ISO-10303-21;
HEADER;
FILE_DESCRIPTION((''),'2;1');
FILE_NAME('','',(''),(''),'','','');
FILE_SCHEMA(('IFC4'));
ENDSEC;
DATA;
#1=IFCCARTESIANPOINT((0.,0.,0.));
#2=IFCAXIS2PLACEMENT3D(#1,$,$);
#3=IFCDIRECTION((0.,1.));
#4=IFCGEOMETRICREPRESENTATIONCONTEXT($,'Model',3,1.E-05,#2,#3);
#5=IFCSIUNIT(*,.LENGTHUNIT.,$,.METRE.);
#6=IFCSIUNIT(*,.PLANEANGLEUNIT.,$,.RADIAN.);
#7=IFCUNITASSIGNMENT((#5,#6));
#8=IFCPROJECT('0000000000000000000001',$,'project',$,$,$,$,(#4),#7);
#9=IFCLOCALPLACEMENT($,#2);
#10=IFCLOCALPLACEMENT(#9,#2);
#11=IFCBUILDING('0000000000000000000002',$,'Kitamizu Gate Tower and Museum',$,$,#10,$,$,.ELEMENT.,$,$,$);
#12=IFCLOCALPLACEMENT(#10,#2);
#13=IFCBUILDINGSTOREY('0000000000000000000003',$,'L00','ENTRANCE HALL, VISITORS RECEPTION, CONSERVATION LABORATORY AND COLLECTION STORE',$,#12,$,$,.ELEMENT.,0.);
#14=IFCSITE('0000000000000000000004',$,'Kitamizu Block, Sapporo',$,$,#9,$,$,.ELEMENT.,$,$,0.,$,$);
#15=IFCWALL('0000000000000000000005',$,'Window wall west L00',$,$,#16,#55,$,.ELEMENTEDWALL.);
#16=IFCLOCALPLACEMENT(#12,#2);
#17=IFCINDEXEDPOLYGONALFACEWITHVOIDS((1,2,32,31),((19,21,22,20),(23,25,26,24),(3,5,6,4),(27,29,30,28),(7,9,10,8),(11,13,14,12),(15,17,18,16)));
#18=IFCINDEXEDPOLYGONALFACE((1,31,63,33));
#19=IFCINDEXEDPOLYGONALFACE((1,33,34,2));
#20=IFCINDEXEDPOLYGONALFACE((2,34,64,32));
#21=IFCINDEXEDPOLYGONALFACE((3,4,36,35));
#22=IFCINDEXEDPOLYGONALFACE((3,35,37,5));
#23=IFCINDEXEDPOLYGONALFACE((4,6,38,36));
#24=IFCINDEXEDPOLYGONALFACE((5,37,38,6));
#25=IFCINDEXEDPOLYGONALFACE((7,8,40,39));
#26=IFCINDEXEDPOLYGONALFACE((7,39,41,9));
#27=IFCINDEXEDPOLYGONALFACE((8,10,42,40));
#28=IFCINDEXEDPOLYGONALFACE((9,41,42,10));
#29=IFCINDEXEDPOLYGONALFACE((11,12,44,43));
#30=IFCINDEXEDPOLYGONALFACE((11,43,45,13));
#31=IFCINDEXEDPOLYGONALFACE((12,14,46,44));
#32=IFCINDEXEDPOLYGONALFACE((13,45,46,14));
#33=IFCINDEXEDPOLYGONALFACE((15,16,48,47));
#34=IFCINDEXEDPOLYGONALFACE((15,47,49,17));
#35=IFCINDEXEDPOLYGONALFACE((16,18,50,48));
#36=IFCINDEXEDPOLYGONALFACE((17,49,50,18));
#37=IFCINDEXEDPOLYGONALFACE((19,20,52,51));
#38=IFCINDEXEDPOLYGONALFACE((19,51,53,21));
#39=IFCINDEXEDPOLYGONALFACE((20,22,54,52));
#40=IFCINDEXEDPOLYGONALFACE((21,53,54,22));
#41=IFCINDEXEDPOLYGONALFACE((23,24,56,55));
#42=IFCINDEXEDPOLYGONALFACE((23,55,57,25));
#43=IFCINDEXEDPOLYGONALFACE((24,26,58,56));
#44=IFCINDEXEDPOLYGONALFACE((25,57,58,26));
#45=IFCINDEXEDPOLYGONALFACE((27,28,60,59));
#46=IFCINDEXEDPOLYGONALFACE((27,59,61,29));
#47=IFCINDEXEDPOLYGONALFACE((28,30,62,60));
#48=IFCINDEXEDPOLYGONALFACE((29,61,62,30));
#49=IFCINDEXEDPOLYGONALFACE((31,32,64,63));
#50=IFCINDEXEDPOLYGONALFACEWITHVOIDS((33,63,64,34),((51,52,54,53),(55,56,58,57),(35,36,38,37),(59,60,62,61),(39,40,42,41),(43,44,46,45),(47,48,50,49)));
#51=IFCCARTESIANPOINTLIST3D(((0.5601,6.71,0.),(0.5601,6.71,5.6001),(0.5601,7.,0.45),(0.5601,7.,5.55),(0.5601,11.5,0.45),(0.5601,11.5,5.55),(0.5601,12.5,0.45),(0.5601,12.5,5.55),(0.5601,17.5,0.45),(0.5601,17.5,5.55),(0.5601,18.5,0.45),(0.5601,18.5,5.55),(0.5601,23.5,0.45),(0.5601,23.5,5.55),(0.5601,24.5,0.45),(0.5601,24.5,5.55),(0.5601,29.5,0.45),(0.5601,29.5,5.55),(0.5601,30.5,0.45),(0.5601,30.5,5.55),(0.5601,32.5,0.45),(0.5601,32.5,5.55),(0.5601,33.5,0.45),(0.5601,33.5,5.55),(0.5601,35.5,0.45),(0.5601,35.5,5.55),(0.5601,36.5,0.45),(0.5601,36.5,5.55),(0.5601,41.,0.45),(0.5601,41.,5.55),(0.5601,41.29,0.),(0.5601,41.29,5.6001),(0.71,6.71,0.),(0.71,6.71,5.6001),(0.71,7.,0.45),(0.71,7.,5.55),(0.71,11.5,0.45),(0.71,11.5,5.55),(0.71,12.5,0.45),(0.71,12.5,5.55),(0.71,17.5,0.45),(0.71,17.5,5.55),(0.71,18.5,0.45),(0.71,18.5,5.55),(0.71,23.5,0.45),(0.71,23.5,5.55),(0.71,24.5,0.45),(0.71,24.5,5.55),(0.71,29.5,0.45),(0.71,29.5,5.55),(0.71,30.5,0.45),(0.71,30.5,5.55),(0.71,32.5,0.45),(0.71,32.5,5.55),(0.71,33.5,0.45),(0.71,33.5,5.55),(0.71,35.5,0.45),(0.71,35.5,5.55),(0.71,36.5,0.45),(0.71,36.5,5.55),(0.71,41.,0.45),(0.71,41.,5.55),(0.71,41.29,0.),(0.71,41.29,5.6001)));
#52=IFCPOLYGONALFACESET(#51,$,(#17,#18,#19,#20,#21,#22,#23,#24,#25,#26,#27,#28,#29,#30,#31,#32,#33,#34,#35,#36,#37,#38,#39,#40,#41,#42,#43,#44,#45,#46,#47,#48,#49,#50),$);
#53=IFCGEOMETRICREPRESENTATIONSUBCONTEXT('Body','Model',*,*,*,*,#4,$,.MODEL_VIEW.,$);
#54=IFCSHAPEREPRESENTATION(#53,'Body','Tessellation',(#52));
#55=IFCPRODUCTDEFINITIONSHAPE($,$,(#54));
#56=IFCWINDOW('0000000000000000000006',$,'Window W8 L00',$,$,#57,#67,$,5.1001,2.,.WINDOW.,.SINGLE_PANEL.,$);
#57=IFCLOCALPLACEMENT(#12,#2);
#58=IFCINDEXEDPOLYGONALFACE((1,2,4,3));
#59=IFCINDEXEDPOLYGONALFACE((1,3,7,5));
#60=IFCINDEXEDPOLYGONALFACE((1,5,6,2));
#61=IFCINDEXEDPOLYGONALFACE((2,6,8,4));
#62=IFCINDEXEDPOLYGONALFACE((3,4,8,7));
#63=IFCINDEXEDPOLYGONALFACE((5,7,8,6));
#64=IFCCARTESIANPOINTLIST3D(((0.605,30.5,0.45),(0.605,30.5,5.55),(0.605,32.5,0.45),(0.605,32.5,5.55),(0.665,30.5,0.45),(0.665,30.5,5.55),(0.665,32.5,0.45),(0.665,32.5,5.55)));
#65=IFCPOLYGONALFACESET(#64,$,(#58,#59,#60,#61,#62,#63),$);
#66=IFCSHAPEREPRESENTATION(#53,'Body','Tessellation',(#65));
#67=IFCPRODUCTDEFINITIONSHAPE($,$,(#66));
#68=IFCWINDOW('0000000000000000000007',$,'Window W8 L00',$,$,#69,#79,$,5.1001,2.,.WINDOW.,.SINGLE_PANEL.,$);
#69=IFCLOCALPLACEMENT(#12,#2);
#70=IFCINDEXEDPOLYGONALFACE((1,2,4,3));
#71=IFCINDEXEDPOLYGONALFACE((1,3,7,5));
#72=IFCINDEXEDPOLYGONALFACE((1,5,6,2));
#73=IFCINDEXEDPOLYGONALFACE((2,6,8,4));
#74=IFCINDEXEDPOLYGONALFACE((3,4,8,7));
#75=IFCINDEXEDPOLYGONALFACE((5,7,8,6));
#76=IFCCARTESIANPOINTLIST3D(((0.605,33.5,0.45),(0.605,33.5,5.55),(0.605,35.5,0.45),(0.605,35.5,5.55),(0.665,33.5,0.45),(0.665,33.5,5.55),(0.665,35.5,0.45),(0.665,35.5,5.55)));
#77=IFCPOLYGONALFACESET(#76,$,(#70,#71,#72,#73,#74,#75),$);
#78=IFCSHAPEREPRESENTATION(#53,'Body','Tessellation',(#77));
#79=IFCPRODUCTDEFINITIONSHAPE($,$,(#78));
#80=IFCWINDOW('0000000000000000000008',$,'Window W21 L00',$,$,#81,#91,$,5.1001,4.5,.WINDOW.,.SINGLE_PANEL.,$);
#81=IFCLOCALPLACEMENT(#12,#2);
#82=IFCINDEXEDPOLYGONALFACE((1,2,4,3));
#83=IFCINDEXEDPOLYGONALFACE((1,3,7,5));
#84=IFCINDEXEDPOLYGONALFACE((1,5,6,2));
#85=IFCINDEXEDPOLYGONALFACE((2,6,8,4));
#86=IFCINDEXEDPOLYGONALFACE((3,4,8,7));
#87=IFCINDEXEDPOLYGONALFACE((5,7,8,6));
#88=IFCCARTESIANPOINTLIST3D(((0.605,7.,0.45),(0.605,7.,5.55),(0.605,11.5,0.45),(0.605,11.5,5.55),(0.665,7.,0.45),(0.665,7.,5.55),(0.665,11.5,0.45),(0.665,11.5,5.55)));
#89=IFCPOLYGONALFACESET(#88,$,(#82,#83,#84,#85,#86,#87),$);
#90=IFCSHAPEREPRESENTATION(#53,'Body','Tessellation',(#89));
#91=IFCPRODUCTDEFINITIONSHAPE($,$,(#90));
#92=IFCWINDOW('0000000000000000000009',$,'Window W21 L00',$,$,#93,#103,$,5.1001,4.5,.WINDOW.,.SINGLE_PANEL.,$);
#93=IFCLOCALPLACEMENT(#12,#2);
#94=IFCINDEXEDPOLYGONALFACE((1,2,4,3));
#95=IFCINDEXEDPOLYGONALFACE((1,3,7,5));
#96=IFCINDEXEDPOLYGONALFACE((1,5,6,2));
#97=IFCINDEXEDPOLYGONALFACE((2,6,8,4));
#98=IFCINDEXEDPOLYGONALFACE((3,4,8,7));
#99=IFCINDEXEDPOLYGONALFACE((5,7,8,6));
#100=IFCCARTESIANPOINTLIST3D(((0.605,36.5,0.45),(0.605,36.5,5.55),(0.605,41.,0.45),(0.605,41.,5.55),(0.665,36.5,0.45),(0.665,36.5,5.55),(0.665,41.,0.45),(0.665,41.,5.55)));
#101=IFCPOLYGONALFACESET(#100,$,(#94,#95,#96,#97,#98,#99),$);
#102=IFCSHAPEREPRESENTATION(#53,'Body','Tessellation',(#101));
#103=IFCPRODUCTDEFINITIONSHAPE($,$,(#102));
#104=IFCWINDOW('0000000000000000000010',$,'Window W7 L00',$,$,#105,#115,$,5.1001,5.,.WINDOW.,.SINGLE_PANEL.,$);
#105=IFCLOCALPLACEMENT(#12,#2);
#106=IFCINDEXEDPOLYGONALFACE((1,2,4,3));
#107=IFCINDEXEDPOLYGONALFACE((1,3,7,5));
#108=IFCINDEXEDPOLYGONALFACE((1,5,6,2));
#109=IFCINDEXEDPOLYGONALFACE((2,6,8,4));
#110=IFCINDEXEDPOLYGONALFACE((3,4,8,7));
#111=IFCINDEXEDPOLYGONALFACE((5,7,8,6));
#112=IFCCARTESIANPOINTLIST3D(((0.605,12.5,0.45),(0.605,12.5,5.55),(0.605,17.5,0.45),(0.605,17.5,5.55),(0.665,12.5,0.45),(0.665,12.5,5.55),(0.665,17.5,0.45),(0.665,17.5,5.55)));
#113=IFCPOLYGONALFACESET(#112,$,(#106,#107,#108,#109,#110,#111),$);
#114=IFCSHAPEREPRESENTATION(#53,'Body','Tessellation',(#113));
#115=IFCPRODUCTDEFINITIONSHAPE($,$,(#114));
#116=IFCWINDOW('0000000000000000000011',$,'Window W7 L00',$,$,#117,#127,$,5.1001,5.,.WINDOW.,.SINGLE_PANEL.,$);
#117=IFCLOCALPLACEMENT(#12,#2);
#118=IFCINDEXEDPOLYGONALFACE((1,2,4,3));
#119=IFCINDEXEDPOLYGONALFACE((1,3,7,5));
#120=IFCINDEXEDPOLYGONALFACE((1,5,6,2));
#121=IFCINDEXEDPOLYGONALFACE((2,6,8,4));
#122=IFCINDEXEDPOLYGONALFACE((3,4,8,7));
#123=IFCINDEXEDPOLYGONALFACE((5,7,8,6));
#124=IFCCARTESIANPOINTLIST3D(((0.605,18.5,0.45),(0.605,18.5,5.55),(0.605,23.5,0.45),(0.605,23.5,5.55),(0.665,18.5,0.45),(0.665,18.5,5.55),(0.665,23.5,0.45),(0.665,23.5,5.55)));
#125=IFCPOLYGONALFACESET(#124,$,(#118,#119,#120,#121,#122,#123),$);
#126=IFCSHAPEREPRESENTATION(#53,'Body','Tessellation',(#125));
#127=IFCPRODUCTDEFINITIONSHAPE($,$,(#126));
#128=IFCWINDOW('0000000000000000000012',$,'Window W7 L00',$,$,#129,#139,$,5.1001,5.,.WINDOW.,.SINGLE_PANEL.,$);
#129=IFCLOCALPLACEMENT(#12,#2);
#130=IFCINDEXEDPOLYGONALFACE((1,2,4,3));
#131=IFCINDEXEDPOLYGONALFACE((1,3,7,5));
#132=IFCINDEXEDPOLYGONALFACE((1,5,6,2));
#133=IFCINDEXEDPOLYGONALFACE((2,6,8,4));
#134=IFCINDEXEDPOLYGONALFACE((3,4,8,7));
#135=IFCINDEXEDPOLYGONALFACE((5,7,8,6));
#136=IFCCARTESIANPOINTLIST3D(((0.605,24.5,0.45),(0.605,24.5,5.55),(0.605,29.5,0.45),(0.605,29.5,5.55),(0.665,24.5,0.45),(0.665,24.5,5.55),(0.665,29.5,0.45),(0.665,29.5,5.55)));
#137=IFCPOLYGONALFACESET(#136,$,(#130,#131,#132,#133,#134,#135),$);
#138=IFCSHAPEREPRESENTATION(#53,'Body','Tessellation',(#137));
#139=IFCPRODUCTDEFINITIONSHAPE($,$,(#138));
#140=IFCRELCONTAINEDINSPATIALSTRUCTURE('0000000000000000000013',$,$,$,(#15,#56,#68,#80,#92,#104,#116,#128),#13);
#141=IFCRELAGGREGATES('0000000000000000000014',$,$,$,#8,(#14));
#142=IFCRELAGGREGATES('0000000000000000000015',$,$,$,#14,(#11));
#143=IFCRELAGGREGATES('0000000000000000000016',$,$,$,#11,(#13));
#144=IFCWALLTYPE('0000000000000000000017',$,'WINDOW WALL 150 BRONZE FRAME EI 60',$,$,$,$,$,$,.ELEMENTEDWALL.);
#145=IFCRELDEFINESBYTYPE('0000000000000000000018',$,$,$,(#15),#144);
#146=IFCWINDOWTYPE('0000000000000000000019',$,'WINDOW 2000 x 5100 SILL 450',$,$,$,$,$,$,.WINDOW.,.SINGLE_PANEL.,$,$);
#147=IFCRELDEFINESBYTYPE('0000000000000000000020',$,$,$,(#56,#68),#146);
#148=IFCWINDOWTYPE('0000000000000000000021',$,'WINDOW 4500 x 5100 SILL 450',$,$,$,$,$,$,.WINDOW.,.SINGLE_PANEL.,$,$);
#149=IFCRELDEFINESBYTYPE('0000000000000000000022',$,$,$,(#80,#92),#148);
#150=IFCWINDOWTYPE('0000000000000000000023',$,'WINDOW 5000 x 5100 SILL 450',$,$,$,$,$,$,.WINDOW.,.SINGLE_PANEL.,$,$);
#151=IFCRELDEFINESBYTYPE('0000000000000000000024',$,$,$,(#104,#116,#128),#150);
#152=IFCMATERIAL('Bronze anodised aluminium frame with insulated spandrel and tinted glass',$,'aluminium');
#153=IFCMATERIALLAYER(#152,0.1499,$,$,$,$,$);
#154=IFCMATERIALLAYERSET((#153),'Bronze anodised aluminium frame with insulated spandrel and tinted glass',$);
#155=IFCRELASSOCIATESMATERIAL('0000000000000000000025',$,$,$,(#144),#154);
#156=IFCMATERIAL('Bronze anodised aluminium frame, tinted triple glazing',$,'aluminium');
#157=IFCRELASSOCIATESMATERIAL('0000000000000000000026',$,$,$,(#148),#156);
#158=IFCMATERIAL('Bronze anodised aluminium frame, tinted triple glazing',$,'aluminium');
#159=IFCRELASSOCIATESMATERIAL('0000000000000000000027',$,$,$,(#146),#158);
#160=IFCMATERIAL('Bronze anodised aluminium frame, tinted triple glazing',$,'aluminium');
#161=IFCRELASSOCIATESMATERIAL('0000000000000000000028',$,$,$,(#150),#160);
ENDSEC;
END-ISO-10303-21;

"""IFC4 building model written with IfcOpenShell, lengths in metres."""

from ifc_helpers import new_model, si_unit, direction, frame, frame_2d, origin, place, context, subcontext, project, spatial, rectangle, extrude, material, layer, layer_set, type_object, element, fill, save


model = new_model("IFC4")

# Units and contexts
model_context = context("Model", 3, precision=1e-05, world=origin(), true_north=direction((0.0, 1.0)))
body_context = subcontext(model_context, "Body", "Model", "MODEL_VIEW")
ifc_project = project(units=[si_unit("LENGTHUNIT", "METRE"), si_unit("PLANEANGLEUNIT", "RADIAN")], contexts=[model_context])

# Site, building, storey
site_placement = place(None, origin())
site = spatial("IfcSite", under=ifc_project, at=site_placement, Name="Kitamizu Block, Sapporo", CompositionType="ELEMENT", RefElevation=0.0)
building_placement = place(site_placement, origin())
building = spatial("IfcBuilding", under=site, at=building_placement, Name="Kitamizu Gate Tower and Museum", CompositionType="ELEMENT")
storey_placement = place(building_placement, origin())
storey = spatial("IfcBuildingStorey", under=building, at=storey_placement, Name="L00", Description="ENTRANCE HALL, VISITORS RECEPTION, CONSERVATION LABORATORY AND COLLECTION STORE", CompositionType="ELEMENT", Elevation=0.0)

# Shared definitions
ifc_material_1 = material(Name="Bronze anodised aluminium frame with insulated spandrel and tinted glass", Category="aluminium")
ifc_layer_1 = layer(ifc_material_1, 0.1499)
ifc_layer_set_1 = layer_set([ifc_layer_1], Name="Bronze anodised aluminium frame with insulated spandrel and tinted glass")
wall_type_1 = type_object("IfcWallType", Name="WINDOW WALL 150 BRONZE FRAME EI 60", PredefinedType="ELEMENTEDWALL", material=ifc_layer_set_1)

# Shared definitions
ifc_material_2 = material(Name="Bronze anodised aluminium frame, tinted triple glazing", Category="aluminium")
window_type_1 = type_object("IfcWindowType", Name="WINDOW 4500 x 5100 SILL 450", PartitioningType="SINGLE_PANEL", PredefinedType="WINDOW", material=ifc_material_2)

# Wall, openings, windows
wall_1_placement = place(storey_placement, frame((0.635, 6.71, 0.0), z_axis=(0.0, 0.0, 1.0), x_axis=(0.0, 1.0, 0.0)))
wall_1 = element("IfcWall", 1, at=wall_1_placement, inside=storey, type_object=wall_type_1, Name="Window wall west L00", PredefinedType="ELEMENTEDWALL", context=body_context, shape_type="SweptSolid", body=[
    extrude(rectangle(XDim=34.5801, YDim=0.1499, at=frame_2d((17.29, 0.0))), origin(), (0.0, 0.0, 1.0), 5.6001),
])
opening_1_placement = place(wall_1_placement, frame((0.29, 0.0, 0.45)))
opening_1 = element("IfcOpeningElement", 2, at=opening_1_placement, cuts=wall_1, PredefinedType="OPENING", context=body_context, shape_type="SweptSolid", body=[
    extrude(rectangle(XDim=4.5, YDim=5.1001, at=frame_2d((2.25, 2.55))), frame((0.0, 0.085, 0.0), z_axis=(0.0, -1.0, 0.0), x_axis=(1.0, 0.0, 0.0)), (0.0, 0.0, 1.0), 0.1699),
])
opening_2_placement = place(wall_1_placement, frame((5.79, 0.0, 0.45)))
opening_2 = element("IfcOpeningElement", 3, at=opening_2_placement, cuts=wall_1, PredefinedType="OPENING", context=body_context, shape_type="SweptSolid", body=[
    extrude(rectangle(XDim=5.0, YDim=5.1001, at=frame_2d((2.5, 2.55))), frame((0.0, 0.085, 0.0), z_axis=(0.0, -1.0, 0.0), x_axis=(1.0, 0.0, 0.0)), (0.0, 0.0, 1.0), 0.1699),
])
opening_3_placement = place(wall_1_placement, frame((11.79, 0.0, 0.45)))
opening_3 = element("IfcOpeningElement", 4, at=opening_3_placement, cuts=wall_1, PredefinedType="OPENING", context=body_context, shape_type="SweptSolid", body=[
    extrude(rectangle(XDim=5.0, YDim=5.1001, at=frame_2d((2.5, 2.55))), frame((0.0, 0.085, 0.0), z_axis=(0.0, -1.0, 0.0), x_axis=(1.0, 0.0, 0.0)), (0.0, 0.0, 1.0), 0.1699),
])
opening_4_placement = place(wall_1_placement, frame((17.79, 0.0, 0.45)))
opening_4 = element("IfcOpeningElement", 5, at=opening_4_placement, cuts=wall_1, PredefinedType="OPENING", context=body_context, shape_type="SweptSolid", body=[
    extrude(rectangle(XDim=5.0, YDim=5.1001, at=frame_2d((2.5, 2.55))), frame((0.0, 0.085, 0.0), z_axis=(0.0, -1.0, 0.0), x_axis=(1.0, 0.0, 0.0)), (0.0, 0.0, 1.0), 0.1699),
])
opening_5_placement = place(wall_1_placement, frame((23.79, 0.0, 0.45)))
opening_5 = element("IfcOpeningElement", 6, at=opening_5_placement, cuts=wall_1, PredefinedType="OPENING", context=body_context, shape_type="SweptSolid", body=[
    extrude(rectangle(XDim=2.0, YDim=5.1001, at=frame_2d((1.0, 2.55))), frame((0.0, 0.085, 0.0), z_axis=(0.0, -1.0, 0.0), x_axis=(1.0, 0.0, 0.0)), (0.0, 0.0, 1.0), 0.1699),
])
opening_6_placement = place(wall_1_placement, frame((26.79, 0.0, 0.45)))
opening_6 = element("IfcOpeningElement", 7, at=opening_6_placement, cuts=wall_1, PredefinedType="OPENING", context=body_context, shape_type="SweptSolid", body=[
    extrude(rectangle(XDim=2.0, YDim=5.1001, at=frame_2d((1.0, 2.55))), frame((0.0, 0.085, 0.0), z_axis=(0.0, -1.0, 0.0), x_axis=(1.0, 0.0, 0.0)), (0.0, 0.0, 1.0), 0.1699),
])
opening_7_placement = place(wall_1_placement, frame((29.79, 0.0, 0.45)))
opening_7 = element("IfcOpeningElement", 8, at=opening_7_placement, cuts=wall_1, PredefinedType="OPENING", context=body_context, shape_type="SweptSolid", body=[
    extrude(rectangle(XDim=4.5, YDim=5.1001, at=frame_2d((2.25, 2.55))), frame((0.0, 0.085, 0.0), z_axis=(0.0, -1.0, 0.0), x_axis=(1.0, 0.0, 0.0)), (0.0, 0.0, 1.0), 0.1699),
])
ifc_material_3 = material(Name="Bronze anodised aluminium frame, tinted triple glazing", Category="aluminium")
window_type_2 = type_object("IfcWindowType", Name="WINDOW 2000 x 5100 SILL 450", PartitioningType="SINGLE_PANEL", PredefinedType="WINDOW", material=ifc_material_3)
window_1_placement = place(opening_5_placement, origin())
window_1 = element("IfcWindow", 9, at=window_1_placement, inside=storey, type_object=window_type_2, Name="Window W8 L00", OverallHeight=5.1001, OverallWidth=2.0, PartitioningType="SINGLE_PANEL", PredefinedType="WINDOW", context=body_context, shape_type="SweptSolid", body=[
    extrude(rectangle(XDim=2.0, YDim=5.1001, at=frame_2d((1.0, 2.55))), frame((0.0, 0.03, 0.0), z_axis=(0.0, -1.0, 0.0), x_axis=(1.0, 0.0, 0.0)), (0.0, 0.0, 1.0), 0.0601),
])
fill(opening_5, window_1)
window_2_placement = place(opening_6_placement, origin())
window_2 = element("IfcWindow", 10, at=window_2_placement, inside=storey, type_object=window_type_2, Name="Window W8 L00", OverallHeight=5.1001, OverallWidth=2.0, PartitioningType="SINGLE_PANEL", PredefinedType="WINDOW", context=body_context, shape_type="SweptSolid", body=[
    extrude(rectangle(XDim=2.0, YDim=5.1001, at=frame_2d((1.0, 2.55))), frame((0.0, 0.03, 0.0), z_axis=(0.0, -1.0, 0.0), x_axis=(1.0, 0.0, 0.0)), (0.0, 0.0, 1.0), 0.0601),
])
fill(opening_6, window_2)
window_3_placement = place(opening_1_placement, origin())
window_3 = element("IfcWindow", 11, at=window_3_placement, inside=storey, type_object=window_type_1, Name="Window W21 L00", OverallHeight=5.1001, OverallWidth=4.5, PartitioningType="SINGLE_PANEL", PredefinedType="WINDOW", context=body_context, shape_type="SweptSolid", body=[
    extrude(rectangle(XDim=4.5, YDim=5.1001, at=frame_2d((2.25, 2.55))), frame((0.0, 0.03, 0.0), z_axis=(0.0, -1.0, 0.0), x_axis=(1.0, 0.0, 0.0)), (0.0, 0.0, 1.0), 0.0601),
])
fill(opening_1, window_3)
window_4_placement = place(opening_7_placement, origin())
window_4 = element("IfcWindow", 12, at=window_4_placement, inside=storey, type_object=window_type_1, Name="Window W21 L00", OverallHeight=5.1001, OverallWidth=4.5, PartitioningType="SINGLE_PANEL", PredefinedType="WINDOW", context=body_context, shape_type="SweptSolid", body=[
    extrude(rectangle(XDim=4.5, YDim=5.1001, at=frame_2d((2.25, 2.55))), frame((0.0, 0.03, 0.0), z_axis=(0.0, -1.0, 0.0), x_axis=(1.0, 0.0, 0.0)), (0.0, 0.0, 1.0), 0.0601),
])
fill(opening_7, window_4)
ifc_material_4 = material(Name="Bronze anodised aluminium frame, tinted triple glazing", Category="aluminium")
window_type_3 = type_object("IfcWindowType", Name="WINDOW 5000 x 5100 SILL 450", PartitioningType="SINGLE_PANEL", PredefinedType="WINDOW", material=ifc_material_4)
window_5_placement = place(opening_2_placement, origin())
window_5 = element("IfcWindow", 13, at=window_5_placement, inside=storey, type_object=window_type_3, Name="Window W7 L00", OverallHeight=5.1001, OverallWidth=5.0, PartitioningType="SINGLE_PANEL", PredefinedType="WINDOW", context=body_context, shape_type="SweptSolid", body=[
    extrude(rectangle(XDim=5.0, YDim=5.1001, at=frame_2d((2.5, 2.55))), frame((0.0, 0.03, 0.0), z_axis=(0.0, -1.0, 0.0), x_axis=(1.0, 0.0, 0.0)), (0.0, 0.0, 1.0), 0.0601),
])
fill(opening_2, window_5)
window_6_placement = place(opening_3_placement, origin())
window_6 = element("IfcWindow", 14, at=window_6_placement, inside=storey, type_object=window_type_3, Name="Window W7 L00", OverallHeight=5.1001, OverallWidth=5.0, PartitioningType="SINGLE_PANEL", PredefinedType="WINDOW", context=body_context, shape_type="SweptSolid", body=[
    extrude(rectangle(XDim=5.0, YDim=5.1001, at=frame_2d((2.5, 2.55))), frame((0.0, 0.03, 0.0), z_axis=(0.0, -1.0, 0.0), x_axis=(1.0, 0.0, 0.0)), (0.0, 0.0, 1.0), 0.0601),
])
fill(opening_3, window_6)
window_7_placement = place(opening_4_placement, origin())
window_7 = element("IfcWindow", 15, at=window_7_placement, inside=storey, type_object=window_type_3, Name="Window W7 L00", OverallHeight=5.1001, OverallWidth=5.0, PartitioningType="SINGLE_PANEL", PredefinedType="WINDOW", context=body_context, shape_type="SweptSolid", body=[
    extrude(rectangle(XDim=5.0, YDim=5.1001, at=frame_2d((2.5, 2.55))), frame((0.0, 0.03, 0.0), z_axis=(0.0, -1.0, 0.0), x_axis=(1.0, 0.0, 0.0)), (0.0, 0.0, 1.0), 0.0601),
])
fill(opening_4, window_7)

save(model, "model.ifc")
